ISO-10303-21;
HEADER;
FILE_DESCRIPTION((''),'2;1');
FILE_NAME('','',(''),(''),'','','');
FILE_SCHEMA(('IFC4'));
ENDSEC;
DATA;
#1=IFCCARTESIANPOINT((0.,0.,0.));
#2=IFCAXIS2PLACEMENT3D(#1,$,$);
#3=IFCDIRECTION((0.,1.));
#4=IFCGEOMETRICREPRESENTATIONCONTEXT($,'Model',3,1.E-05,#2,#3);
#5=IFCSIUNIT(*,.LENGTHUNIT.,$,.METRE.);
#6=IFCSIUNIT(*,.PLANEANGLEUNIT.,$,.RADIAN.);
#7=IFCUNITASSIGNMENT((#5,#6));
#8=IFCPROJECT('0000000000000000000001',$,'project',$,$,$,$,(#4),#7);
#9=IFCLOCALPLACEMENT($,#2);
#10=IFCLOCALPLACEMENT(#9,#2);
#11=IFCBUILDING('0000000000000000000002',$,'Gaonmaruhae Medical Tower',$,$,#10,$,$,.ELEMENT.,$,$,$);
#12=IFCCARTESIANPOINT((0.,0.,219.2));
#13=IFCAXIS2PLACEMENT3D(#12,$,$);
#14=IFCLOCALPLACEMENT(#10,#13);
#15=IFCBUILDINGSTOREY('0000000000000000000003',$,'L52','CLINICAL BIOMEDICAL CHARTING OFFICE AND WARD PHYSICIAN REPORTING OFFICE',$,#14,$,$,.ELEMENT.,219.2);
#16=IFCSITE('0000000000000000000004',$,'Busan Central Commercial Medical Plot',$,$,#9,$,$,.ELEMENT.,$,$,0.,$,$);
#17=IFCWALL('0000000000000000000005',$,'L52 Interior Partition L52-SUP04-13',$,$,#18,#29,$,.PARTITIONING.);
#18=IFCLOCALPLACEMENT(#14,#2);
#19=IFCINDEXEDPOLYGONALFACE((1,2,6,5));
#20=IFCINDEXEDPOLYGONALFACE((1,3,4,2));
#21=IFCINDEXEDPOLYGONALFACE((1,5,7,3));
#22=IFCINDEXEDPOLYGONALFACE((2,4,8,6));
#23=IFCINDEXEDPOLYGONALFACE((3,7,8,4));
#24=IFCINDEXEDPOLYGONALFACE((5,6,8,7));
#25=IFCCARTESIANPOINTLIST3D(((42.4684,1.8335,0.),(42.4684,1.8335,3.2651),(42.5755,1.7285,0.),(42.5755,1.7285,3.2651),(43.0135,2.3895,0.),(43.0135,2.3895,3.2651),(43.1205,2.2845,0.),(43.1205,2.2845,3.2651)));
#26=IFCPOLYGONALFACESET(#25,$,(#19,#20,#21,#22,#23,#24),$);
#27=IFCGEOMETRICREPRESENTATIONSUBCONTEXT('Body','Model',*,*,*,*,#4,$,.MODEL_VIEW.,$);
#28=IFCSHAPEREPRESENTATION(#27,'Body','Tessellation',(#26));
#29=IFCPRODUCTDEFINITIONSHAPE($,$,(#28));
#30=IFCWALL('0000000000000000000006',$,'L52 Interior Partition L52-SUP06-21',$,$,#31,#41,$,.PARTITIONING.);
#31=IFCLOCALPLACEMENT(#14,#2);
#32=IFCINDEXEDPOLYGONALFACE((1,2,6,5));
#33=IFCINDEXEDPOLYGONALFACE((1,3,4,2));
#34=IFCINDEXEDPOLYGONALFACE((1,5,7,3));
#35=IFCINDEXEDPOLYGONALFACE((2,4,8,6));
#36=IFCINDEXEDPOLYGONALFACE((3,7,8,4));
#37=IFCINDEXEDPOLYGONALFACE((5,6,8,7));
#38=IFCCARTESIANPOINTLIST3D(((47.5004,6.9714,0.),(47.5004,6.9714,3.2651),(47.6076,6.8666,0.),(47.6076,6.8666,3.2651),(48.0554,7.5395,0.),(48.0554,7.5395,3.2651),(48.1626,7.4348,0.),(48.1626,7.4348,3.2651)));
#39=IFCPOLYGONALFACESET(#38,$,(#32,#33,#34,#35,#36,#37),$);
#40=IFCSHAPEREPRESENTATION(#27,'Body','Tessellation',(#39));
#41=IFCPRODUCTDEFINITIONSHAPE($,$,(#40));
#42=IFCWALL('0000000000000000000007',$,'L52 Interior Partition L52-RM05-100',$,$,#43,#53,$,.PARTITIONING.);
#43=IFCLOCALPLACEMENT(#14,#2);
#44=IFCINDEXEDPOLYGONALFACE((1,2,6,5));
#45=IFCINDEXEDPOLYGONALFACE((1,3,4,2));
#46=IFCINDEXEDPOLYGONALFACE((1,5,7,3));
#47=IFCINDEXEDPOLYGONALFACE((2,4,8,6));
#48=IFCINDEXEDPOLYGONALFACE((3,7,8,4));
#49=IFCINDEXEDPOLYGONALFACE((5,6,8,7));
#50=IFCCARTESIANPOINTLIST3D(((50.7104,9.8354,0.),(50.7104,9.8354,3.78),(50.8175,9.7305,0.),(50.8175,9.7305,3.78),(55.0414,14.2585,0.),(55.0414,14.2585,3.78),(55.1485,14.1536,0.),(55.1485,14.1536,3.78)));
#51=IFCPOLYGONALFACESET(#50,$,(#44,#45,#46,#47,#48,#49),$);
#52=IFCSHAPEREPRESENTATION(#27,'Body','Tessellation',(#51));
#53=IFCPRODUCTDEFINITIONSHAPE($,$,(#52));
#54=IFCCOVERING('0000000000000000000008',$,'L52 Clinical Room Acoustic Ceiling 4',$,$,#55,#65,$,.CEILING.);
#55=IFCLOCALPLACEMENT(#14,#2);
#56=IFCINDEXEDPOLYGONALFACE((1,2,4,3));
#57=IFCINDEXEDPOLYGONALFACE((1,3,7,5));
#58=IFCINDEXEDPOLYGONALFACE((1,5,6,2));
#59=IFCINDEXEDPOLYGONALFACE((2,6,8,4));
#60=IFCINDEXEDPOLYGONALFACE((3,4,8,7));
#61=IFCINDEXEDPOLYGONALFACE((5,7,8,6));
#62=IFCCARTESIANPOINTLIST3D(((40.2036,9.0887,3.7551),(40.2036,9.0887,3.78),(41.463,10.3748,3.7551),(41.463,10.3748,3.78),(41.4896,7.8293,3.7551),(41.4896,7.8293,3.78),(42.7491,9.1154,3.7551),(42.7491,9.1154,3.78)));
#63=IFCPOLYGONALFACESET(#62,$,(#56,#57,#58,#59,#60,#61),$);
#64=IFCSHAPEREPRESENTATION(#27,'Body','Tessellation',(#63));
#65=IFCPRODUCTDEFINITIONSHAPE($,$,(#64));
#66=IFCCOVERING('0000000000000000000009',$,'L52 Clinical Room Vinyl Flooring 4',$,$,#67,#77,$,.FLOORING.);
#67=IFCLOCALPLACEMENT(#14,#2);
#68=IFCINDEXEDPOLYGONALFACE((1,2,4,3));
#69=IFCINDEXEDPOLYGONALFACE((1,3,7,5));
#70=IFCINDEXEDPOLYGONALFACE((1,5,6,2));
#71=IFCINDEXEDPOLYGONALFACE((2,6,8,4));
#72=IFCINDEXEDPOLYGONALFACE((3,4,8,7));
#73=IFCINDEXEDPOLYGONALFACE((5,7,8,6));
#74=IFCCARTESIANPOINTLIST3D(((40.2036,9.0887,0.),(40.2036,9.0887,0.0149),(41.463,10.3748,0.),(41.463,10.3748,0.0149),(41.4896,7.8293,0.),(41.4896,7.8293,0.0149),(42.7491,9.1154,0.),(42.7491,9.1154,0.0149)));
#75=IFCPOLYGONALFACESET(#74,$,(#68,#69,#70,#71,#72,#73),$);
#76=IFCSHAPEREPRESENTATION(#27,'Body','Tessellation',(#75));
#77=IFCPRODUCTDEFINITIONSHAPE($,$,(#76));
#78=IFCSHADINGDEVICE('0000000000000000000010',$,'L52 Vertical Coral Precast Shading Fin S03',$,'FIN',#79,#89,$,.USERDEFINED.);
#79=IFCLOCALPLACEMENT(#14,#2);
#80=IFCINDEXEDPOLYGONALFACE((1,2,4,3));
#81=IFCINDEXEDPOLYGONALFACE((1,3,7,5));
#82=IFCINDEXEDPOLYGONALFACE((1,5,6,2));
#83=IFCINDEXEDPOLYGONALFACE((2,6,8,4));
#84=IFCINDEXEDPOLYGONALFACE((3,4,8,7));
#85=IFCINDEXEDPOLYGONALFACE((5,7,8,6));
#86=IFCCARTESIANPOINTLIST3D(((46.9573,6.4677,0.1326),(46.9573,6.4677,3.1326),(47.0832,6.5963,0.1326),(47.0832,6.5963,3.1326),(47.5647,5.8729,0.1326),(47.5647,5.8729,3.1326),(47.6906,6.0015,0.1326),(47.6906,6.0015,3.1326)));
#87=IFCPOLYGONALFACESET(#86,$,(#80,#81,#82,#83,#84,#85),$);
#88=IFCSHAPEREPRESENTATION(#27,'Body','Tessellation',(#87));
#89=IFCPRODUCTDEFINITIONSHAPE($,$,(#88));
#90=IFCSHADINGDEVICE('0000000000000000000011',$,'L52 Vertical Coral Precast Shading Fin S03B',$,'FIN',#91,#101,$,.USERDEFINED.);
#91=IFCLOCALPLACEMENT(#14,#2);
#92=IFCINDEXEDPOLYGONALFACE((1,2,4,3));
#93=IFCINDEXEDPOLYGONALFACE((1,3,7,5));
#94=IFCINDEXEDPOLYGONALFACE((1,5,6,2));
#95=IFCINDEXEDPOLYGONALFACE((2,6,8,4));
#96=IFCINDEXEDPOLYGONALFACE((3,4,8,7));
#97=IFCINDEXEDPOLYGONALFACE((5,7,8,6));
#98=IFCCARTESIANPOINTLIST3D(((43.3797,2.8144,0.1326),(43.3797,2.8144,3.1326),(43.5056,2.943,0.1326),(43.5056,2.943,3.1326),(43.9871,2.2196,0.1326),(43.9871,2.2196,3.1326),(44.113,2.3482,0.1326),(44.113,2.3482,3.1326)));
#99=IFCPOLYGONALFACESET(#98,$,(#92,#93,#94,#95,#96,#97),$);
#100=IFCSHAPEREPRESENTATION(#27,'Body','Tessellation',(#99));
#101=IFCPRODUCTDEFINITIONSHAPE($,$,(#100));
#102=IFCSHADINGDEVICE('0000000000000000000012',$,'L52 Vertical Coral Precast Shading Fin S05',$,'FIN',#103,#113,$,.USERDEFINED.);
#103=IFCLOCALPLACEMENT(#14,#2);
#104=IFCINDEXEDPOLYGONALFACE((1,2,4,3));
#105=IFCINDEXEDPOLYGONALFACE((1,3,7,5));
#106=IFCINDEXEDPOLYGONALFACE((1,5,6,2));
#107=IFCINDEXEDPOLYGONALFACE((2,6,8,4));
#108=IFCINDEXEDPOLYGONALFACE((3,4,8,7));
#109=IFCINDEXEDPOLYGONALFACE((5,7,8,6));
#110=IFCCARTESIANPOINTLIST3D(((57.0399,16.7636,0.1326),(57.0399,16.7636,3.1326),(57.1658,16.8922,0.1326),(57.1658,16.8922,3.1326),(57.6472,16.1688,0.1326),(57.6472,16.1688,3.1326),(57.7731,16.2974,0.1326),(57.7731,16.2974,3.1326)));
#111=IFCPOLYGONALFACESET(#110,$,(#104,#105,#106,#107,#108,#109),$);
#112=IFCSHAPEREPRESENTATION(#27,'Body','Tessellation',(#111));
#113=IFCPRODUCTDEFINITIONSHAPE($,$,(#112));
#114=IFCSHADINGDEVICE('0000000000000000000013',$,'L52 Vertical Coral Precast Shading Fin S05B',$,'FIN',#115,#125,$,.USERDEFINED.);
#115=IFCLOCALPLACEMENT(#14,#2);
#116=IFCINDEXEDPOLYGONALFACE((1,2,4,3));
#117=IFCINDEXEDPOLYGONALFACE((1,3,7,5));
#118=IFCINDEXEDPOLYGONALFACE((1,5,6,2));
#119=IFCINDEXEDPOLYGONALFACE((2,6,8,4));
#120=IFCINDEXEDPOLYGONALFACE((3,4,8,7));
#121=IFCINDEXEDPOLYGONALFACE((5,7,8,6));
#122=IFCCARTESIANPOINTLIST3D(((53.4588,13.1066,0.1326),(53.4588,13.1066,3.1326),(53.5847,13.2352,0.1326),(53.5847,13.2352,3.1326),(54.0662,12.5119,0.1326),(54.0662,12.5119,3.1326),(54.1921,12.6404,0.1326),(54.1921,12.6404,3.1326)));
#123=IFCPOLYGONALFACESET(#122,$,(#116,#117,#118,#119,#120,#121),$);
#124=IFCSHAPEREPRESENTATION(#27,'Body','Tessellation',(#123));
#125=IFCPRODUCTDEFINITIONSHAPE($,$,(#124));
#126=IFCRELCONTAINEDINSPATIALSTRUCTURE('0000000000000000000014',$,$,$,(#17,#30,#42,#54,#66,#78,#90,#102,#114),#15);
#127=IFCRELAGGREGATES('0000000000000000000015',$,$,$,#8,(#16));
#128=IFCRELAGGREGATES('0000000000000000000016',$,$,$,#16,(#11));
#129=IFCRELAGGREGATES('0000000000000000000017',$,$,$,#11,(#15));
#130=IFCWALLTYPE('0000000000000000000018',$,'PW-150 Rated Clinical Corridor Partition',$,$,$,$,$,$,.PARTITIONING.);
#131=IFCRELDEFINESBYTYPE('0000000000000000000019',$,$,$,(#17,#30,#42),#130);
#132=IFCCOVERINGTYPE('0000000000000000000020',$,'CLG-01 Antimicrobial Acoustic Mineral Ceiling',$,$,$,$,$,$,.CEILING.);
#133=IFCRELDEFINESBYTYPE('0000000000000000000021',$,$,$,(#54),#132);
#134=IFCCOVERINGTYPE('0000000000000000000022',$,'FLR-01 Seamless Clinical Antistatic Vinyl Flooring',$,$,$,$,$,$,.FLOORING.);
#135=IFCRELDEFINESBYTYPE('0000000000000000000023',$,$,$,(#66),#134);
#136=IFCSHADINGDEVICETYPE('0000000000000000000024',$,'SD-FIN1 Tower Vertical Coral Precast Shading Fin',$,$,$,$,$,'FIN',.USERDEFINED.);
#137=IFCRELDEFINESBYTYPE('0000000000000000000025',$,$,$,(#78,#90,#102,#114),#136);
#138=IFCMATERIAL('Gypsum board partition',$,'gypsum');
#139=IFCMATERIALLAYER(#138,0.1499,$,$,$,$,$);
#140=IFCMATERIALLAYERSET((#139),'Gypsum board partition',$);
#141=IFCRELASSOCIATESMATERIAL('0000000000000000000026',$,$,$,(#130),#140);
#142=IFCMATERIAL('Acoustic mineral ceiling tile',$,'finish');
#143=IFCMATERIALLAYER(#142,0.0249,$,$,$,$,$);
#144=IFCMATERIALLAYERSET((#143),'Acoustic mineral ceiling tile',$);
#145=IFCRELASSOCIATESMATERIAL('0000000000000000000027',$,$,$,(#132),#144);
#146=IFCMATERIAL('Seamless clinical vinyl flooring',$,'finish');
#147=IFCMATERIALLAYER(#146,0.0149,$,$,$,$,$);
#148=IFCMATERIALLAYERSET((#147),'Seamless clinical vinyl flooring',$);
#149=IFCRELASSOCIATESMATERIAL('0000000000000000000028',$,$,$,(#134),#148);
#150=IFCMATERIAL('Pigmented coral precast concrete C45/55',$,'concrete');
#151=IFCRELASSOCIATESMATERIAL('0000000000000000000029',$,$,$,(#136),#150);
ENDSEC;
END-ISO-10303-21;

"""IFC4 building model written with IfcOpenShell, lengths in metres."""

from ifc_helpers import new_model, si_unit, direction, frame, frame_2d, origin, origin_2d, place, context, subcontext, project, spatial, rectangle, extrude, material, layer, layer_set, type_object, element, save


model = new_model("IFC4")

# Units and contexts
model_context = context("Model", 3, precision=1e-05, world=origin(), true_north=direction((0.0, 1.0)))
body_context = subcontext(model_context, "Body", "Model", "MODEL_VIEW")
ifc_project = project(units=[si_unit("LENGTHUNIT", "METRE"), si_unit("PLANEANGLEUNIT", "RADIAN")], contexts=[model_context])

# Site, building, storey
site_placement = place(None, origin())
site = spatial("IfcSite", under=ifc_project, at=site_placement, Name="Busan Central Commercial Medical Plot", CompositionType="ELEMENT", RefElevation=0.0)
building_placement = place(site_placement, origin())
building = spatial("IfcBuilding", under=site, at=building_placement, Name="Gaonmaruhae Medical Tower", CompositionType="ELEMENT")
storey_placement = place(building_placement, frame((0.0, 0.0, 219.2)))
storey = spatial("IfcBuildingStorey", under=building, at=storey_placement, Name="L52", Description="CLINICAL BIOMEDICAL CHARTING OFFICE AND WARD PHYSICIAN REPORTING OFFICE", CompositionType="ELEMENT", Elevation=219.2)

# Walls
ifc_material_1 = material(Name="Gypsum board partition", Category="gypsum")
ifc_layer_1 = layer(ifc_material_1, 0.1499)
ifc_layer_set_1 = layer_set([ifc_layer_1], Name="Gypsum board partition")
wall_type_1 = type_object("IfcWallType", Name="PW-150 Rated Clinical Corridor Partition", PredefinedType="PARTITIONING", material=ifc_layer_set_1)
wall_1_placement = place(storey_placement, frame((43.0669, 2.3369, 0.0), z_axis=(0.0, 0.0, 1.0), x_axis=(-0.700015, -0.714128, 0.0)))
element("IfcWall", 1, at=wall_1_placement, inside=storey, type_object=wall_type_1, Name="L52 Interior Partition L52-SUP04-13", PredefinedType="PARTITIONING", context=body_context, shape_type="SweptSolid", body=[
    extrude(rectangle(XDim=0.7786, YDim=0.1499, at=frame_2d((0.3892, 0.0))), origin(), (0.0, 0.0, 1.0), 3.2651),
])
wall_2_placement = place(storey_placement, frame((48.1089, 7.4871, 0.0), z_axis=(0.0, 0.0, 1.0), x_axis=(-0.698758, -0.715358, 0.0)))
element("IfcWall", 2, at=wall_2_placement, inside=storey, type_object=wall_type_1, Name="L52 Interior Partition L52-SUP06-21", PredefinedType="PARTITIONING", context=body_context, shape_type="SweptSolid", body=[
    extrude(rectangle(XDim=0.7942, YDim=0.1499, at=frame_2d((0.397, 0.0))), origin(), (0.0, 0.0, 1.0), 3.2651),
])
wall_3_placement = place(storey_placement, frame((55.095, 14.2061, 0.0), z_axis=(0.0, 0.0, 1.0), x_axis=(-0.699634, -0.714502, 0.0)))
element("IfcWall", 3, at=wall_3_placement, inside=storey, type_object=wall_type_1, Name="L52 Interior Partition L52-RM05-100", PredefinedType="PARTITIONING", context=body_context, shape_type="SweptSolid", body=[
    extrude(rectangle(XDim=6.1904, YDim=0.1499, at=frame_2d((3.0952, 0.0))), origin(), (0.0, 0.0, 1.0), 3.78),
])

# Coverings
ifc_material_2 = material(Name="Acoustic mineral ceiling tile", Category="finish")
ifc_layer_2 = layer(ifc_material_2, 0.0249)
ifc_layer_set_2 = layer_set([ifc_layer_2], Name="Acoustic mineral ceiling tile")
covering_type_1 = type_object("IfcCoveringType", Name="CLG-01 Antimicrobial Acoustic Mineral Ceiling", PredefinedType="CEILING", material=ifc_layer_set_2)
covering_1_placement = place(storey_placement, frame((41.4763, 9.1021, 3.7551), z_axis=(0.0, 0.0, 1.0), x_axis=(0.699663, 0.714473, 0.0)))
element("IfcCovering", 4, at=covering_1_placement, inside=storey, type_object=covering_type_1, Name="L52 Clinical Room Acoustic Ceiling 4", PredefinedType="CEILING", context=body_context, shape_type="SweptSolid", body=[
    extrude(rectangle(XDim=1.8, YDim=1.8, at=origin_2d()), origin(), (0.0, 0.0, 1.0), 0.0249),
])
ifc_material_3 = material(Name="Seamless clinical vinyl flooring", Category="finish")
ifc_layer_3 = layer(ifc_material_3, 0.0149)
ifc_layer_set_3 = layer_set([ifc_layer_3], Name="Seamless clinical vinyl flooring")
covering_type_2 = type_object("IfcCoveringType", Name="FLR-01 Seamless Clinical Antistatic Vinyl Flooring", PredefinedType="FLOORING", material=ifc_layer_set_3)
covering_2_placement = place(storey_placement, frame((41.4763, 9.1021, 0.0), z_axis=(0.0, 0.0, 1.0), x_axis=(0.699663, 0.714473, 0.0)))
element("IfcCovering", 5, at=covering_2_placement, inside=storey, type_object=covering_type_2, Name="L52 Clinical Room Vinyl Flooring 4", PredefinedType="FLOORING", context=body_context, shape_type="SweptSolid", body=[
    extrude(rectangle(XDim=1.8, YDim=1.8, at=origin_2d()), origin(), (0.0, 0.0, 1.0), 0.0149),
])

# Shading devices
ifc_material_4 = material(Name="Pigmented coral precast concrete C45/55", Category="concrete")
shading_device_type = type_object("IfcShadingDeviceType", Name="SD-FIN1 Tower Vertical Coral Precast Shading Fin", ElementType="FIN", PredefinedType="USERDEFINED", material=ifc_material_4)
for number, where, z_axis, x_axis, name in (
    (6, (47.324, 6.2346, 0.1326), (0.0, 0.0, 1.0), (-0.699663, -0.714473, 0.0), "L52 Vertical Coral Precast Shading Fin S03"),
    (7, (43.7463, 2.5813, 0.1326), (0.0, 0.0, 1.0), (-0.699663, -0.714473, 0.0), "L52 Vertical Coral Precast Shading Fin S03B"),
    (8, (57.4065, 16.5305, 0.1326), (0.0, 0.0, 1.0), (-0.699663, -0.714473, 0.0), "L52 Vertical Coral Precast Shading Fin S05"),
    (9, (53.8254, 12.8735, 0.1326), (0.0, 0.0, 1.0), (-0.699663, -0.714473, 0.0), "L52 Vertical Coral Precast Shading Fin S05B"),
):
    element("IfcShadingDevice", number, at=place(storey_placement, frame(where, z_axis=z_axis, x_axis=x_axis)), inside=storey, type_object=shading_device_type, Name=name, ObjectType="FIN", PredefinedType="USERDEFINED", context=body_context, shape_type="SweptSolid", body=[
        extrude(rectangle(XDim=0.1799, YDim=0.8501, at=origin_2d()), origin(), (0.0, 0.0, 1.0), 3.0),
    ])

save(model, "model.ifc")
